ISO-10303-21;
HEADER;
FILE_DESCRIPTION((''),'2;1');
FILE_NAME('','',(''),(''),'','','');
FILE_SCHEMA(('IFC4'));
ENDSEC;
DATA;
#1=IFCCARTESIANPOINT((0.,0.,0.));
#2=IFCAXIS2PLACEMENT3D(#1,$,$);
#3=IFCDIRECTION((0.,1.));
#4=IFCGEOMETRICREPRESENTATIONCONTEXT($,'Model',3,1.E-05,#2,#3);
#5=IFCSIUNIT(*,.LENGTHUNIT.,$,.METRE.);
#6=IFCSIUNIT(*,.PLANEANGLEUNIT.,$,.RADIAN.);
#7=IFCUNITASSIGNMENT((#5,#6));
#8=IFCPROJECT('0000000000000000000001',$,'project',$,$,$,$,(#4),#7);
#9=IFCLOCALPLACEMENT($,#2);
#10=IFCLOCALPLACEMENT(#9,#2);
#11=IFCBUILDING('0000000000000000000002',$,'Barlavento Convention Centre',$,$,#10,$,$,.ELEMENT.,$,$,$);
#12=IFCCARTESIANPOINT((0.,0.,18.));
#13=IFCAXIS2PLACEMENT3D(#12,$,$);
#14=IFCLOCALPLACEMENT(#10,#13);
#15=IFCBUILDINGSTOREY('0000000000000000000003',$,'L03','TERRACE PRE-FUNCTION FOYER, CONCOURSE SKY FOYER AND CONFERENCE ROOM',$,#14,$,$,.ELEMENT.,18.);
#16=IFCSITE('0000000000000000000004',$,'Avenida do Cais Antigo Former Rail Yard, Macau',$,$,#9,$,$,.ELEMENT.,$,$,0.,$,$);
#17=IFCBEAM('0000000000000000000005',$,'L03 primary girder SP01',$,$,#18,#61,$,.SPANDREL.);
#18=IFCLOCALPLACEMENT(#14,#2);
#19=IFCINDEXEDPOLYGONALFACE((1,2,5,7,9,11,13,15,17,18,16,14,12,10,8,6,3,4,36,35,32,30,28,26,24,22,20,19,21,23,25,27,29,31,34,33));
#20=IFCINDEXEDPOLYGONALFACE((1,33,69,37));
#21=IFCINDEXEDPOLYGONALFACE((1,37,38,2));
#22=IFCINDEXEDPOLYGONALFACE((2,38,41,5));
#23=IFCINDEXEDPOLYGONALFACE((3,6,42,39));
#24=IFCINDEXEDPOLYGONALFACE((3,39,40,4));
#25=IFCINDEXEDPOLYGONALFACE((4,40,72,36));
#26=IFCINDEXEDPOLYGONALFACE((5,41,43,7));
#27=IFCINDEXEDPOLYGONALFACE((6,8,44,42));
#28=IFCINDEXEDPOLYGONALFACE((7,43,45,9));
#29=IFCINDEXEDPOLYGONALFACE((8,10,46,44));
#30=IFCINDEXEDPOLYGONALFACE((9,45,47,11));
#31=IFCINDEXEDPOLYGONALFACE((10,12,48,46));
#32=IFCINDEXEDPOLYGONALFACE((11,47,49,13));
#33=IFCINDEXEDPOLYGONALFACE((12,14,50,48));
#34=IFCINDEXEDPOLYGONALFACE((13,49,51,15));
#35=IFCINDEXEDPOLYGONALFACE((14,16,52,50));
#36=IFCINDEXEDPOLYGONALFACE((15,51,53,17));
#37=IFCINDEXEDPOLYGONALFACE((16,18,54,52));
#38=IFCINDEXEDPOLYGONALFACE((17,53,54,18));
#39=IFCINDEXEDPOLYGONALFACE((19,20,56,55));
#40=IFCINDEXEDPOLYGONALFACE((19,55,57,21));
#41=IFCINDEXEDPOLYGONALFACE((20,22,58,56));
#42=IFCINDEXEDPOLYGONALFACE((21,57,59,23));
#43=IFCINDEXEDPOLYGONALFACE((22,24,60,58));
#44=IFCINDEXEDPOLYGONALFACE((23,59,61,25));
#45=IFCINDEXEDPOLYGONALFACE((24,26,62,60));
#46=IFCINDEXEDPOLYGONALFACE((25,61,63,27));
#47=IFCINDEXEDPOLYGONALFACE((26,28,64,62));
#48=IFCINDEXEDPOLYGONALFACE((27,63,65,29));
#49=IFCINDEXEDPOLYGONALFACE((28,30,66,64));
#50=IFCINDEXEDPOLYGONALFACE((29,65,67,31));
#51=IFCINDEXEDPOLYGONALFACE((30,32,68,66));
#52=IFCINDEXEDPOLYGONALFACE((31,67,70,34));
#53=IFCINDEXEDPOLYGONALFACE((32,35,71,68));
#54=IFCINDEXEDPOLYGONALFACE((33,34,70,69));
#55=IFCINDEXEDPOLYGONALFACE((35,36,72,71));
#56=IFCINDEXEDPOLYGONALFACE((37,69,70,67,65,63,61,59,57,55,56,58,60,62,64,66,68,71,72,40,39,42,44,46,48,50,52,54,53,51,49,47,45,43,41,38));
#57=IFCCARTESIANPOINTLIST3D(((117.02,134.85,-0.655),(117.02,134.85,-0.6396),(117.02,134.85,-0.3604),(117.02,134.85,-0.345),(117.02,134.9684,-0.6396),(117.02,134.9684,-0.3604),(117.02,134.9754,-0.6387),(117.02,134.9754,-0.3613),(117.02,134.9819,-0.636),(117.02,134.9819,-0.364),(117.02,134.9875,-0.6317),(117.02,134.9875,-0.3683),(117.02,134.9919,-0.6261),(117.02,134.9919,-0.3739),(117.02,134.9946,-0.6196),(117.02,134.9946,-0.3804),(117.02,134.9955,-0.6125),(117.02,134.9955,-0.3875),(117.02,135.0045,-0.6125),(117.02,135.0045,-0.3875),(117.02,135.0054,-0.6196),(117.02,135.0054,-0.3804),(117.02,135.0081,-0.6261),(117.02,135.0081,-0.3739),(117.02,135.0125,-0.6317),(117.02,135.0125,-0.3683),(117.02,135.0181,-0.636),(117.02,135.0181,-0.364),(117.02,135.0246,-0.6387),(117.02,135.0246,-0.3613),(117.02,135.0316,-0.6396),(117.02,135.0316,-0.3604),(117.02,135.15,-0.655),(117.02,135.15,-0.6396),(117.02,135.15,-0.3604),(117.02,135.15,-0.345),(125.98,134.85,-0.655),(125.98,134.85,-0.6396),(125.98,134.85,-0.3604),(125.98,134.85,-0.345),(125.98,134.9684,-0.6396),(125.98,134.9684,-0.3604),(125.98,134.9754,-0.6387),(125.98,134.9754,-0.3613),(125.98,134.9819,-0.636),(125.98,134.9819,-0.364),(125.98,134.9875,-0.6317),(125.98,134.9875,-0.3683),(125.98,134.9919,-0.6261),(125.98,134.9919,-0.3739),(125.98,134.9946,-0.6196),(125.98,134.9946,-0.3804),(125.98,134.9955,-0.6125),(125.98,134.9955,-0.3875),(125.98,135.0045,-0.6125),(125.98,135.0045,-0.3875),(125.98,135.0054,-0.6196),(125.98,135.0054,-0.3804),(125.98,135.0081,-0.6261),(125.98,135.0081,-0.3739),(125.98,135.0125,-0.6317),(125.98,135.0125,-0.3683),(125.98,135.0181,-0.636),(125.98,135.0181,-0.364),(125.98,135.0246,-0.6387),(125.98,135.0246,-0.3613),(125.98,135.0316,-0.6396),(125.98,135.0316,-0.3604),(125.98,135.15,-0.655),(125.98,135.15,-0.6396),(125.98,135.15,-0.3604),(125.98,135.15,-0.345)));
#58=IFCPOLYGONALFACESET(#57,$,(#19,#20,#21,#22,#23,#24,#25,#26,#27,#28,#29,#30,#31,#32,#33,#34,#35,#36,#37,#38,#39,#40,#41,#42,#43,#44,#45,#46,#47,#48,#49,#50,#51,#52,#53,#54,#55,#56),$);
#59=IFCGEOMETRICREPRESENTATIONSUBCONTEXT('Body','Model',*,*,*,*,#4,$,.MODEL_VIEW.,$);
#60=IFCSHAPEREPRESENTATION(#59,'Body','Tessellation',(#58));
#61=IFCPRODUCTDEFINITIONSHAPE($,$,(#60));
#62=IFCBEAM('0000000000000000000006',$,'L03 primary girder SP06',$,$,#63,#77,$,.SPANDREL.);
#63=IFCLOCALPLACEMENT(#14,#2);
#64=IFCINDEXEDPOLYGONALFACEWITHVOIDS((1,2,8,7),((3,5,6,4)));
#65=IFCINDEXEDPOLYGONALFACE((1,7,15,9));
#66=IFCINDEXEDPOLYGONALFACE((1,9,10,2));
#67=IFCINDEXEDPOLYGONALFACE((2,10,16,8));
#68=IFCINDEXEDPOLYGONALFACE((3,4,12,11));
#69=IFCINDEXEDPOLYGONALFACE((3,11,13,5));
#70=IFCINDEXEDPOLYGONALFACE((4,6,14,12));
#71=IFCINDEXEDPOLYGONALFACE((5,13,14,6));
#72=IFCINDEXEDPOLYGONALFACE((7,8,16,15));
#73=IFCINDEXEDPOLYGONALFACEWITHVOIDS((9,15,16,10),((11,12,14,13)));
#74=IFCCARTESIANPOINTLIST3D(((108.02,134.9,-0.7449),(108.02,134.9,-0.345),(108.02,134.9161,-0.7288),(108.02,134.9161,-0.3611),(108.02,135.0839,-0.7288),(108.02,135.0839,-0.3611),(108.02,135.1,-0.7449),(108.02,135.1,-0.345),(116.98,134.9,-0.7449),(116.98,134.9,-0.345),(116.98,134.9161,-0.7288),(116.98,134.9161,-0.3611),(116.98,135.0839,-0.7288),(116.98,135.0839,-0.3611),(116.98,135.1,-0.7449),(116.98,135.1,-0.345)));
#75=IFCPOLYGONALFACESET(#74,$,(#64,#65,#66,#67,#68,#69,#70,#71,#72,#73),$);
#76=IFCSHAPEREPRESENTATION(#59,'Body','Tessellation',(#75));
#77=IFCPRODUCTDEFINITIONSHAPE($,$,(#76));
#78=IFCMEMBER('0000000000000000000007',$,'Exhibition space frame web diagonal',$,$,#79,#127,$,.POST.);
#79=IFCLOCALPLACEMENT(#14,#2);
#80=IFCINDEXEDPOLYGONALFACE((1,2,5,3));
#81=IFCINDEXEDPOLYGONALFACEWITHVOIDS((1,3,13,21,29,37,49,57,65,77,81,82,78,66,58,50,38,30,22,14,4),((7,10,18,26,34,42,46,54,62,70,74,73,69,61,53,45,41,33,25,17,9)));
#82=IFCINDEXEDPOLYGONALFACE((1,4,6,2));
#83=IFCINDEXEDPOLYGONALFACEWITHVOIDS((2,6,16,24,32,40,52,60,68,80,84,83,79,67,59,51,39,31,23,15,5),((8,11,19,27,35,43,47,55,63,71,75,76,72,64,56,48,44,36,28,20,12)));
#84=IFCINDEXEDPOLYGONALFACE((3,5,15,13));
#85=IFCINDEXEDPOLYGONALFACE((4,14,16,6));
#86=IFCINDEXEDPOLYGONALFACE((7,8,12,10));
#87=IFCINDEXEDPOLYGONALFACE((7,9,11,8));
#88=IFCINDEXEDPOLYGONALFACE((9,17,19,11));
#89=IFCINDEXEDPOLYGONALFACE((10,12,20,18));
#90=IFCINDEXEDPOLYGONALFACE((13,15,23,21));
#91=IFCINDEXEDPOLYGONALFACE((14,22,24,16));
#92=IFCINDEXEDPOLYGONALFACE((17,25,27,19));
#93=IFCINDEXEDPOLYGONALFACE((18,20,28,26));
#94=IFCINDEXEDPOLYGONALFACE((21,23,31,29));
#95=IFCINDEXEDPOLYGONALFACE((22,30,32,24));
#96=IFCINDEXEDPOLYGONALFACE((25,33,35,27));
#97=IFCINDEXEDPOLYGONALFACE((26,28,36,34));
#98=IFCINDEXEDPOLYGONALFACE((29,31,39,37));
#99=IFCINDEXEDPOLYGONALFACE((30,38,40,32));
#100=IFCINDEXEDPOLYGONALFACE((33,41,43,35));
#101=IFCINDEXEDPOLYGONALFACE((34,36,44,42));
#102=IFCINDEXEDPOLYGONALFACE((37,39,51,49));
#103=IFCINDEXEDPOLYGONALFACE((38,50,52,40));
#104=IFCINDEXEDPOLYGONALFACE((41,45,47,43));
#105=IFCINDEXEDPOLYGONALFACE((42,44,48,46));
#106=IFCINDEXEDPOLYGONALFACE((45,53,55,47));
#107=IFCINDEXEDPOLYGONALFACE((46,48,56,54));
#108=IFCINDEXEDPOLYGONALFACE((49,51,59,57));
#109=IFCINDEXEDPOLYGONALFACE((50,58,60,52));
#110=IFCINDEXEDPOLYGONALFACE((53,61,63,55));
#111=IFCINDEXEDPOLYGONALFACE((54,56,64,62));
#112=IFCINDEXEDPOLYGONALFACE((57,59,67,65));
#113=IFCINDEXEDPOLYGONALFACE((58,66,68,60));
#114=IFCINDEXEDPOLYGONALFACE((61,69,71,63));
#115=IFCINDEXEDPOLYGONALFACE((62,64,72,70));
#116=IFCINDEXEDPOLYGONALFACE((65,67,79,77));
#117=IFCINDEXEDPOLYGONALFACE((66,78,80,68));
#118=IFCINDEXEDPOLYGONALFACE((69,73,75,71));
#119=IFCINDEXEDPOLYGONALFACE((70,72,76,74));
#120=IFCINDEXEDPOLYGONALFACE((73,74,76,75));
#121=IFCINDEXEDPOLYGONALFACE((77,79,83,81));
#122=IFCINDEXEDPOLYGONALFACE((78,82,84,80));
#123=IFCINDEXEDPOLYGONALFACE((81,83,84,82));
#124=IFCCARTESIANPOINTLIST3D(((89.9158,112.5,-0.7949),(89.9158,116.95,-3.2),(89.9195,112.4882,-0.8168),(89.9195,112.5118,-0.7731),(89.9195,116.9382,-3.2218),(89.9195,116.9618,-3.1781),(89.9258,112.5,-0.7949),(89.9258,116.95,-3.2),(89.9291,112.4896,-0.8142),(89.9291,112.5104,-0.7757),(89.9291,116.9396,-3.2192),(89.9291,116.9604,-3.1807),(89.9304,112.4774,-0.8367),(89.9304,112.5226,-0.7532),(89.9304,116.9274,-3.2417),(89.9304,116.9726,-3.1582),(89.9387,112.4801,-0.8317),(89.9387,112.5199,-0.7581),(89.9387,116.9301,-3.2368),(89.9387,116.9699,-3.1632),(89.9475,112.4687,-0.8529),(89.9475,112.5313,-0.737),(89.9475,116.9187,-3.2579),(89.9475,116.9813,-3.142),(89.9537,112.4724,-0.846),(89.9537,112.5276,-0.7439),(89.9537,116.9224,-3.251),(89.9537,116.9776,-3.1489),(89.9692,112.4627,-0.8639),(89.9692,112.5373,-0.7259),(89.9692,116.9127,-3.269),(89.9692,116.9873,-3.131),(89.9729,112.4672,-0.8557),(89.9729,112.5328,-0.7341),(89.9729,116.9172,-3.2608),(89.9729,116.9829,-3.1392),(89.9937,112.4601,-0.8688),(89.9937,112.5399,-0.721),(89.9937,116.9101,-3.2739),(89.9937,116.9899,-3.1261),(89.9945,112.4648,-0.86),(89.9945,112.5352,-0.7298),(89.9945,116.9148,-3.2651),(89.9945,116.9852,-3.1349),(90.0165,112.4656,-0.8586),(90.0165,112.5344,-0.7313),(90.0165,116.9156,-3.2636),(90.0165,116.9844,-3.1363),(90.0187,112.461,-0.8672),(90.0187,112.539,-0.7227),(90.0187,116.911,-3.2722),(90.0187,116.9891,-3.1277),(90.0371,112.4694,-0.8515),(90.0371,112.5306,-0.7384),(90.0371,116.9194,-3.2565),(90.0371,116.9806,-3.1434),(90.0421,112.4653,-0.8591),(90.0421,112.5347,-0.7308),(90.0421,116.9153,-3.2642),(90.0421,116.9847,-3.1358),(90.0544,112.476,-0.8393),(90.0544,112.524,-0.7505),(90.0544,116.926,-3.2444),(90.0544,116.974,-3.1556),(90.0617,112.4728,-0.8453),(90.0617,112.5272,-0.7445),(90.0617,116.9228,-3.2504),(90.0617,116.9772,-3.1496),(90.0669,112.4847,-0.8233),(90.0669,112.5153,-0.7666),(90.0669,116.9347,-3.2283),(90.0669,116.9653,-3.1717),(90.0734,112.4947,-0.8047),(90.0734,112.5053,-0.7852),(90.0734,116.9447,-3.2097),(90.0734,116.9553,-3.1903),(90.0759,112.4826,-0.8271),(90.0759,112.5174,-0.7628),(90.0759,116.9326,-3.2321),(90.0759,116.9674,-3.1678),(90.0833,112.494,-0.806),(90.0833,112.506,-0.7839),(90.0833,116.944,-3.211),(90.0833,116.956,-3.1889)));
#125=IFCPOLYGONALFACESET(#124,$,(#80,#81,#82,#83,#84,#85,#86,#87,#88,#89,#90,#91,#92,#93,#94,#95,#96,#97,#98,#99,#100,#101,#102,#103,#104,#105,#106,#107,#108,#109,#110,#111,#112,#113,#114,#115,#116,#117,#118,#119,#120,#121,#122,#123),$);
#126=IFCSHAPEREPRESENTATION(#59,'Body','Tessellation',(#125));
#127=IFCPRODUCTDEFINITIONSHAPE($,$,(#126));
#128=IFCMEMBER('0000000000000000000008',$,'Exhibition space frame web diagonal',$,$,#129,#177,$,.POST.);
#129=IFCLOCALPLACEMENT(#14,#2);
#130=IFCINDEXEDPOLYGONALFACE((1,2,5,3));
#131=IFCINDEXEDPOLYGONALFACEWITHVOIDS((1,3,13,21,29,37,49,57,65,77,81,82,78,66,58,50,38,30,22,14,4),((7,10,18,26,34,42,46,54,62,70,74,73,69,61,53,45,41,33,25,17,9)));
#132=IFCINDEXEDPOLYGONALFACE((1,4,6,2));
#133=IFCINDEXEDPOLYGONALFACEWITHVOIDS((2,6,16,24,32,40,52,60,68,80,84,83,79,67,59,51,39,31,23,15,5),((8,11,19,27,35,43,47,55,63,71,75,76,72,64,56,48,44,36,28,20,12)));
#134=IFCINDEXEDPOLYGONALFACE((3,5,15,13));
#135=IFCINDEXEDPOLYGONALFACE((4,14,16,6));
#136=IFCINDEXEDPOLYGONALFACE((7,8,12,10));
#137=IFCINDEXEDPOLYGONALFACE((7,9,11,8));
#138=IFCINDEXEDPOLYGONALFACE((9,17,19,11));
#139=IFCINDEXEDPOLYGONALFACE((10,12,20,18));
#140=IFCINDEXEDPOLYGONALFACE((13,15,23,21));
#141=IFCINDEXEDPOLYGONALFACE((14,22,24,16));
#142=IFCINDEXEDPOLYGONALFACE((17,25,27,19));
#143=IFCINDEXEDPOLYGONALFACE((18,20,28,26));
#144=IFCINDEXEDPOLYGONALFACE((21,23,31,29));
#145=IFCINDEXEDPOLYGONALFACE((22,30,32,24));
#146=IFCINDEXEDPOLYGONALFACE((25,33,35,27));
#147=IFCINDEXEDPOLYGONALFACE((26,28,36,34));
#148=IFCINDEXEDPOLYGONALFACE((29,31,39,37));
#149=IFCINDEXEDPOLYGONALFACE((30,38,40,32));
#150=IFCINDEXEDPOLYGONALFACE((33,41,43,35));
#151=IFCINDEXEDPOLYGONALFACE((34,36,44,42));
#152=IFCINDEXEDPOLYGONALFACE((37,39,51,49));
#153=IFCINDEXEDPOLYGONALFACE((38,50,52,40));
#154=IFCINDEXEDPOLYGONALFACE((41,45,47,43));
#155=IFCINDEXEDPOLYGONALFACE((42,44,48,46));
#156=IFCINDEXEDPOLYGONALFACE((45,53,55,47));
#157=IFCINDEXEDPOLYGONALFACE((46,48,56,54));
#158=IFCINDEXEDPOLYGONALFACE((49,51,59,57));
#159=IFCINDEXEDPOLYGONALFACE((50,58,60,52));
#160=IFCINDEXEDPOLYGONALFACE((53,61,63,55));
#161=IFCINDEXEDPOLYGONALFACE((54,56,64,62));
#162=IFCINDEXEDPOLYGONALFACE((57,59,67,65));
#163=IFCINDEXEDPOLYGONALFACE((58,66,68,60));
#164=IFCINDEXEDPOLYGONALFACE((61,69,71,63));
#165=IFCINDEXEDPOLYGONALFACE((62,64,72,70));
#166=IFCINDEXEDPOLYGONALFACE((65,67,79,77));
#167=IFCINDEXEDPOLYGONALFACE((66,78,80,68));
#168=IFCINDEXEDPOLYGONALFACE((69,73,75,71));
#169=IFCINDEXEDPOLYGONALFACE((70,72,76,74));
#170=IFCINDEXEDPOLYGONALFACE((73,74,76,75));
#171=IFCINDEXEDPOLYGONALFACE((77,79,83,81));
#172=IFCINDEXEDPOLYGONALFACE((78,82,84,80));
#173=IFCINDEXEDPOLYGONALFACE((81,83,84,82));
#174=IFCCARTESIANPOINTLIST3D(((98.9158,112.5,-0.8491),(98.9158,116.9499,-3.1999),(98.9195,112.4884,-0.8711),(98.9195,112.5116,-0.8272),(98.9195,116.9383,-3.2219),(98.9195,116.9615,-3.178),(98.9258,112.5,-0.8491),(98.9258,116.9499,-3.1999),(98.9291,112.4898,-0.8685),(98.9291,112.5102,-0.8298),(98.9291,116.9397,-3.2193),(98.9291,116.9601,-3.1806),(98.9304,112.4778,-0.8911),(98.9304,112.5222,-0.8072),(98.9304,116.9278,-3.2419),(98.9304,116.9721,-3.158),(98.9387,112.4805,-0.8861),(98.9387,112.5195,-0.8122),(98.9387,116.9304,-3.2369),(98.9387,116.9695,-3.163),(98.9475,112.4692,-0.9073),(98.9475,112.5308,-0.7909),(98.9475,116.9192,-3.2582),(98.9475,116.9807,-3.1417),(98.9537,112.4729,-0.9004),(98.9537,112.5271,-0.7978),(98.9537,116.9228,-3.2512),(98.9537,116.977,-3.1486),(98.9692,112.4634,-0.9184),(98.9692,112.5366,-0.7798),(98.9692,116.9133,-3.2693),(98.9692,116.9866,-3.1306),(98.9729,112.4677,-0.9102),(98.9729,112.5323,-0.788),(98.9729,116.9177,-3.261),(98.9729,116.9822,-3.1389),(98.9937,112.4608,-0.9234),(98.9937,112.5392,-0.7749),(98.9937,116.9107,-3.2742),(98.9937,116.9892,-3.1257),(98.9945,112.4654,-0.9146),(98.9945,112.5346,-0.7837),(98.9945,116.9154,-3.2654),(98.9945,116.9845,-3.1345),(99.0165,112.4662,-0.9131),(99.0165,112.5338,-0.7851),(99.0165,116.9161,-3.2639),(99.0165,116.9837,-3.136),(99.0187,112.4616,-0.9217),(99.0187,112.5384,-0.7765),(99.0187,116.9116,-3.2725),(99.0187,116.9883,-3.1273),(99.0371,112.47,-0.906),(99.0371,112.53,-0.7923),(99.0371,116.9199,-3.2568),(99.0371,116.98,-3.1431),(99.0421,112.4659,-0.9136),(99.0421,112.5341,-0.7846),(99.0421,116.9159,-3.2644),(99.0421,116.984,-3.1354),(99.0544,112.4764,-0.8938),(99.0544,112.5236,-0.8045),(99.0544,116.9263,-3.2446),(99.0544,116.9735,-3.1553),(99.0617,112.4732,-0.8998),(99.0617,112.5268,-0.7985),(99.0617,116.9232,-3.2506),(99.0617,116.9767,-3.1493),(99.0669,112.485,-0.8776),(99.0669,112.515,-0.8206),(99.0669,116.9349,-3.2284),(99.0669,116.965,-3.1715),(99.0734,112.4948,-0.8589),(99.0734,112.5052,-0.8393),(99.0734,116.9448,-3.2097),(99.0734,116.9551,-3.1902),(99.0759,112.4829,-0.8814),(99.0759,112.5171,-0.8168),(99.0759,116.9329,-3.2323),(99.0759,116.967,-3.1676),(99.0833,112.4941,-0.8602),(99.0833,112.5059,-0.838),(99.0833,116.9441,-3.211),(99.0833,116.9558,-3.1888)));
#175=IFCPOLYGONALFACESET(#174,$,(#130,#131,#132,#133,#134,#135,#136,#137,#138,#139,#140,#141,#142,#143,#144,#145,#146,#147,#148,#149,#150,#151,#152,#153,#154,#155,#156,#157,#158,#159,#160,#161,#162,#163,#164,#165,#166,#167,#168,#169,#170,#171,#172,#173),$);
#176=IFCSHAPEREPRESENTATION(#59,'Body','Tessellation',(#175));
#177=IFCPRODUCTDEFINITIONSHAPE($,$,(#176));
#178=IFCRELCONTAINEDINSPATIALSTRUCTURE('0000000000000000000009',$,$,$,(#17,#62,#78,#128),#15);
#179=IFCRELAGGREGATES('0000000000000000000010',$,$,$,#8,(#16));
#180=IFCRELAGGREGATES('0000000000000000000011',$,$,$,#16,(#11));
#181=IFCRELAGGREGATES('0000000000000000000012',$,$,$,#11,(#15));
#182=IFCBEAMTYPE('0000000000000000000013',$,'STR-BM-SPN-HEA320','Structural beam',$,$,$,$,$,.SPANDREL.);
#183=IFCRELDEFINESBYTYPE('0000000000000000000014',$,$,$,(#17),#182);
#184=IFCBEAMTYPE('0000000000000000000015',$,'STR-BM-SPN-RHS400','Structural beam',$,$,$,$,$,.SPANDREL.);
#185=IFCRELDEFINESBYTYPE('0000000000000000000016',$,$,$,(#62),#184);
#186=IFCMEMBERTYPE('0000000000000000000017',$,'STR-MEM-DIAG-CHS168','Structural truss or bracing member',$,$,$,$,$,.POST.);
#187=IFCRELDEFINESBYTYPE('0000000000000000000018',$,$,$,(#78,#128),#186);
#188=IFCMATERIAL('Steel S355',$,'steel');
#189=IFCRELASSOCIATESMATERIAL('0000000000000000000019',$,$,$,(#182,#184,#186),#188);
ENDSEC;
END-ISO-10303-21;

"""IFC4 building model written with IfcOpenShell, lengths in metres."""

from ifc_helpers import new_model, si_unit, direction, frame, origin, origin_2d, place, context, subcontext, project, spatial, hollow_rectangle, hollow_circle, i_section, extrude, material, material_profile, profile_set, type_object, element, save


model = new_model("IFC4")

# Units and contexts
model_context = context("Model", 3, precision=1e-05, world=origin(), true_north=direction((0.0, 1.0)))
body_context = subcontext(model_context, "Body", "Model", "MODEL_VIEW")
ifc_project = project(units=[si_unit("LENGTHUNIT", "METRE"), si_unit("PLANEANGLEUNIT", "RADIAN")], contexts=[model_context])

# Site, building, storey
site_placement = place(None, origin())
site = spatial("IfcSite", under=ifc_project, at=site_placement, Name="Avenida do Cais Antigo Former Rail Yard, Macau", CompositionType="ELEMENT", RefElevation=0.0)
building_placement = place(site_placement, origin())
building = spatial("IfcBuilding", under=site, at=building_placement, Name="Barlavento Convention Centre", CompositionType="ELEMENT")
storey_placement = place(building_placement, frame((0.0, 0.0, 18.0)))
storey = spatial("IfcBuildingStorey", under=building, at=storey_placement, Name="L03", Description="TERRACE PRE-FUNCTION FOYER, CONCOURSE SKY FOYER AND CONFERENCE ROOM", CompositionType="ELEMENT", Elevation=18.0)

# Beams
ifc_material = material(Name="Steel S355", Category="steel")
ifc_material_profile_1 = material_profile(ifc_material, i_section(OverallWidth=0.3, OverallDepth=0.3101, WebThickness=0.009, FlangeThickness=0.0154, FilletRadius=0.0271, at=origin_2d()), Name="HEA 320")
ifc_profile_set_1 = profile_set([ifc_material_profile_1], Name="Steel S355")
beam_type_1 = type_object("IfcBeamType", Name="STR-BM-SPN-HEA320", Description="Structural beam", PredefinedType="SPANDREL", material=ifc_profile_set_1)
beam_1_placement = place(storey_placement, frame((117.02, 135.0, -0.5), z_axis=(1.0, 0.0, 0.0), x_axis=(0.0, 1.0, 0.0)))
element("IfcBeam", 1, at=beam_1_placement, inside=storey, type_object=beam_type_1, Name="L03 primary girder SP01", PredefinedType="SPANDREL", context=body_context, shape_type="SweptSolid", body=[
    extrude(i_section(OverallWidth=0.3, OverallDepth=0.3101, WebThickness=0.009, FlangeThickness=0.0154, FilletRadius=0.0271, at=origin_2d()), origin(), (0.0, 0.0, 1.0), 8.96),
])
ifc_material_profile_2 = material_profile(ifc_material, hollow_rectangle(XDim=0.2, YDim=0.3999, WallThickness=0.0161, at=origin_2d()), Name="RHS 400x200x16.0")
ifc_profile_set_2 = profile_set([ifc_material_profile_2], Name="Steel S355")
beam_type_2 = type_object("IfcBeamType", Name="STR-BM-SPN-RHS400", Description="Structural beam", PredefinedType="SPANDREL", material=ifc_profile_set_2)
beam_2_placement = place(storey_placement, frame((108.02, 135.0, -0.5449), z_axis=(1.0, 0.0, 0.0), x_axis=(0.0, 1.0, 0.0)))
element("IfcBeam", 2, at=beam_2_placement, inside=storey, type_object=beam_type_2, Name="L03 primary girder SP06", PredefinedType="SPANDREL", context=body_context, shape_type="SweptSolid", body=[
    extrude(hollow_rectangle(XDim=0.2, YDim=0.3999, WallThickness=0.0161, at=origin_2d()), origin(), (0.0, 0.0, 1.0), 8.96),
])

# Members
ifc_material_profile_3 = material_profile(ifc_material, hollow_circle(Radius=0.0842, WallThickness=0.01, at=origin_2d()), Name="CHS 168.3x10.0")
ifc_profile_set_3 = profile_set([ifc_material_profile_3], Name="Steel S355")
member_type_1 = type_object("IfcMemberType", Name="STR-MEM-DIAG-CHS168", Description="Structural truss or bracing member", PredefinedType="POST", material=ifc_profile_set_3)
member_1_placement = place(storey_placement, frame((90.0, 112.5, -0.7949), z_axis=(0.0, 0.879735, -0.475464), x_axis=(-1.0, 0.0, 0.0)))
element("IfcMember", 3, at=member_1_placement, inside=storey, type_object=member_type_1, Name="Exhibition space frame web diagonal", PredefinedType="POST", context=body_context, shape_type="SweptSolid", body=[
    extrude(hollow_circle(Radius=0.0842, WallThickness=0.01, at=origin_2d()), origin(), (0.0, 0.0, 1.0), 5.0583),
])
member_2_placement = place(storey_placement, frame((99.0, 112.5, -0.8491), z_axis=(0.0, 0.884201, -0.467107), x_axis=(-1.0, 0.0, 0.0)))
element("IfcMember", 4, at=member_2_placement, inside=storey, type_object=member_type_1, Name="Exhibition space frame web diagonal", PredefinedType="POST", context=body_context, shape_type="SweptSolid", body=[
    extrude(hollow_circle(Radius=0.0842, WallThickness=0.01, at=origin_2d()), origin(), (0.0, 0.0, 1.0), 5.0327),
])

save(model, "model.ifc")
